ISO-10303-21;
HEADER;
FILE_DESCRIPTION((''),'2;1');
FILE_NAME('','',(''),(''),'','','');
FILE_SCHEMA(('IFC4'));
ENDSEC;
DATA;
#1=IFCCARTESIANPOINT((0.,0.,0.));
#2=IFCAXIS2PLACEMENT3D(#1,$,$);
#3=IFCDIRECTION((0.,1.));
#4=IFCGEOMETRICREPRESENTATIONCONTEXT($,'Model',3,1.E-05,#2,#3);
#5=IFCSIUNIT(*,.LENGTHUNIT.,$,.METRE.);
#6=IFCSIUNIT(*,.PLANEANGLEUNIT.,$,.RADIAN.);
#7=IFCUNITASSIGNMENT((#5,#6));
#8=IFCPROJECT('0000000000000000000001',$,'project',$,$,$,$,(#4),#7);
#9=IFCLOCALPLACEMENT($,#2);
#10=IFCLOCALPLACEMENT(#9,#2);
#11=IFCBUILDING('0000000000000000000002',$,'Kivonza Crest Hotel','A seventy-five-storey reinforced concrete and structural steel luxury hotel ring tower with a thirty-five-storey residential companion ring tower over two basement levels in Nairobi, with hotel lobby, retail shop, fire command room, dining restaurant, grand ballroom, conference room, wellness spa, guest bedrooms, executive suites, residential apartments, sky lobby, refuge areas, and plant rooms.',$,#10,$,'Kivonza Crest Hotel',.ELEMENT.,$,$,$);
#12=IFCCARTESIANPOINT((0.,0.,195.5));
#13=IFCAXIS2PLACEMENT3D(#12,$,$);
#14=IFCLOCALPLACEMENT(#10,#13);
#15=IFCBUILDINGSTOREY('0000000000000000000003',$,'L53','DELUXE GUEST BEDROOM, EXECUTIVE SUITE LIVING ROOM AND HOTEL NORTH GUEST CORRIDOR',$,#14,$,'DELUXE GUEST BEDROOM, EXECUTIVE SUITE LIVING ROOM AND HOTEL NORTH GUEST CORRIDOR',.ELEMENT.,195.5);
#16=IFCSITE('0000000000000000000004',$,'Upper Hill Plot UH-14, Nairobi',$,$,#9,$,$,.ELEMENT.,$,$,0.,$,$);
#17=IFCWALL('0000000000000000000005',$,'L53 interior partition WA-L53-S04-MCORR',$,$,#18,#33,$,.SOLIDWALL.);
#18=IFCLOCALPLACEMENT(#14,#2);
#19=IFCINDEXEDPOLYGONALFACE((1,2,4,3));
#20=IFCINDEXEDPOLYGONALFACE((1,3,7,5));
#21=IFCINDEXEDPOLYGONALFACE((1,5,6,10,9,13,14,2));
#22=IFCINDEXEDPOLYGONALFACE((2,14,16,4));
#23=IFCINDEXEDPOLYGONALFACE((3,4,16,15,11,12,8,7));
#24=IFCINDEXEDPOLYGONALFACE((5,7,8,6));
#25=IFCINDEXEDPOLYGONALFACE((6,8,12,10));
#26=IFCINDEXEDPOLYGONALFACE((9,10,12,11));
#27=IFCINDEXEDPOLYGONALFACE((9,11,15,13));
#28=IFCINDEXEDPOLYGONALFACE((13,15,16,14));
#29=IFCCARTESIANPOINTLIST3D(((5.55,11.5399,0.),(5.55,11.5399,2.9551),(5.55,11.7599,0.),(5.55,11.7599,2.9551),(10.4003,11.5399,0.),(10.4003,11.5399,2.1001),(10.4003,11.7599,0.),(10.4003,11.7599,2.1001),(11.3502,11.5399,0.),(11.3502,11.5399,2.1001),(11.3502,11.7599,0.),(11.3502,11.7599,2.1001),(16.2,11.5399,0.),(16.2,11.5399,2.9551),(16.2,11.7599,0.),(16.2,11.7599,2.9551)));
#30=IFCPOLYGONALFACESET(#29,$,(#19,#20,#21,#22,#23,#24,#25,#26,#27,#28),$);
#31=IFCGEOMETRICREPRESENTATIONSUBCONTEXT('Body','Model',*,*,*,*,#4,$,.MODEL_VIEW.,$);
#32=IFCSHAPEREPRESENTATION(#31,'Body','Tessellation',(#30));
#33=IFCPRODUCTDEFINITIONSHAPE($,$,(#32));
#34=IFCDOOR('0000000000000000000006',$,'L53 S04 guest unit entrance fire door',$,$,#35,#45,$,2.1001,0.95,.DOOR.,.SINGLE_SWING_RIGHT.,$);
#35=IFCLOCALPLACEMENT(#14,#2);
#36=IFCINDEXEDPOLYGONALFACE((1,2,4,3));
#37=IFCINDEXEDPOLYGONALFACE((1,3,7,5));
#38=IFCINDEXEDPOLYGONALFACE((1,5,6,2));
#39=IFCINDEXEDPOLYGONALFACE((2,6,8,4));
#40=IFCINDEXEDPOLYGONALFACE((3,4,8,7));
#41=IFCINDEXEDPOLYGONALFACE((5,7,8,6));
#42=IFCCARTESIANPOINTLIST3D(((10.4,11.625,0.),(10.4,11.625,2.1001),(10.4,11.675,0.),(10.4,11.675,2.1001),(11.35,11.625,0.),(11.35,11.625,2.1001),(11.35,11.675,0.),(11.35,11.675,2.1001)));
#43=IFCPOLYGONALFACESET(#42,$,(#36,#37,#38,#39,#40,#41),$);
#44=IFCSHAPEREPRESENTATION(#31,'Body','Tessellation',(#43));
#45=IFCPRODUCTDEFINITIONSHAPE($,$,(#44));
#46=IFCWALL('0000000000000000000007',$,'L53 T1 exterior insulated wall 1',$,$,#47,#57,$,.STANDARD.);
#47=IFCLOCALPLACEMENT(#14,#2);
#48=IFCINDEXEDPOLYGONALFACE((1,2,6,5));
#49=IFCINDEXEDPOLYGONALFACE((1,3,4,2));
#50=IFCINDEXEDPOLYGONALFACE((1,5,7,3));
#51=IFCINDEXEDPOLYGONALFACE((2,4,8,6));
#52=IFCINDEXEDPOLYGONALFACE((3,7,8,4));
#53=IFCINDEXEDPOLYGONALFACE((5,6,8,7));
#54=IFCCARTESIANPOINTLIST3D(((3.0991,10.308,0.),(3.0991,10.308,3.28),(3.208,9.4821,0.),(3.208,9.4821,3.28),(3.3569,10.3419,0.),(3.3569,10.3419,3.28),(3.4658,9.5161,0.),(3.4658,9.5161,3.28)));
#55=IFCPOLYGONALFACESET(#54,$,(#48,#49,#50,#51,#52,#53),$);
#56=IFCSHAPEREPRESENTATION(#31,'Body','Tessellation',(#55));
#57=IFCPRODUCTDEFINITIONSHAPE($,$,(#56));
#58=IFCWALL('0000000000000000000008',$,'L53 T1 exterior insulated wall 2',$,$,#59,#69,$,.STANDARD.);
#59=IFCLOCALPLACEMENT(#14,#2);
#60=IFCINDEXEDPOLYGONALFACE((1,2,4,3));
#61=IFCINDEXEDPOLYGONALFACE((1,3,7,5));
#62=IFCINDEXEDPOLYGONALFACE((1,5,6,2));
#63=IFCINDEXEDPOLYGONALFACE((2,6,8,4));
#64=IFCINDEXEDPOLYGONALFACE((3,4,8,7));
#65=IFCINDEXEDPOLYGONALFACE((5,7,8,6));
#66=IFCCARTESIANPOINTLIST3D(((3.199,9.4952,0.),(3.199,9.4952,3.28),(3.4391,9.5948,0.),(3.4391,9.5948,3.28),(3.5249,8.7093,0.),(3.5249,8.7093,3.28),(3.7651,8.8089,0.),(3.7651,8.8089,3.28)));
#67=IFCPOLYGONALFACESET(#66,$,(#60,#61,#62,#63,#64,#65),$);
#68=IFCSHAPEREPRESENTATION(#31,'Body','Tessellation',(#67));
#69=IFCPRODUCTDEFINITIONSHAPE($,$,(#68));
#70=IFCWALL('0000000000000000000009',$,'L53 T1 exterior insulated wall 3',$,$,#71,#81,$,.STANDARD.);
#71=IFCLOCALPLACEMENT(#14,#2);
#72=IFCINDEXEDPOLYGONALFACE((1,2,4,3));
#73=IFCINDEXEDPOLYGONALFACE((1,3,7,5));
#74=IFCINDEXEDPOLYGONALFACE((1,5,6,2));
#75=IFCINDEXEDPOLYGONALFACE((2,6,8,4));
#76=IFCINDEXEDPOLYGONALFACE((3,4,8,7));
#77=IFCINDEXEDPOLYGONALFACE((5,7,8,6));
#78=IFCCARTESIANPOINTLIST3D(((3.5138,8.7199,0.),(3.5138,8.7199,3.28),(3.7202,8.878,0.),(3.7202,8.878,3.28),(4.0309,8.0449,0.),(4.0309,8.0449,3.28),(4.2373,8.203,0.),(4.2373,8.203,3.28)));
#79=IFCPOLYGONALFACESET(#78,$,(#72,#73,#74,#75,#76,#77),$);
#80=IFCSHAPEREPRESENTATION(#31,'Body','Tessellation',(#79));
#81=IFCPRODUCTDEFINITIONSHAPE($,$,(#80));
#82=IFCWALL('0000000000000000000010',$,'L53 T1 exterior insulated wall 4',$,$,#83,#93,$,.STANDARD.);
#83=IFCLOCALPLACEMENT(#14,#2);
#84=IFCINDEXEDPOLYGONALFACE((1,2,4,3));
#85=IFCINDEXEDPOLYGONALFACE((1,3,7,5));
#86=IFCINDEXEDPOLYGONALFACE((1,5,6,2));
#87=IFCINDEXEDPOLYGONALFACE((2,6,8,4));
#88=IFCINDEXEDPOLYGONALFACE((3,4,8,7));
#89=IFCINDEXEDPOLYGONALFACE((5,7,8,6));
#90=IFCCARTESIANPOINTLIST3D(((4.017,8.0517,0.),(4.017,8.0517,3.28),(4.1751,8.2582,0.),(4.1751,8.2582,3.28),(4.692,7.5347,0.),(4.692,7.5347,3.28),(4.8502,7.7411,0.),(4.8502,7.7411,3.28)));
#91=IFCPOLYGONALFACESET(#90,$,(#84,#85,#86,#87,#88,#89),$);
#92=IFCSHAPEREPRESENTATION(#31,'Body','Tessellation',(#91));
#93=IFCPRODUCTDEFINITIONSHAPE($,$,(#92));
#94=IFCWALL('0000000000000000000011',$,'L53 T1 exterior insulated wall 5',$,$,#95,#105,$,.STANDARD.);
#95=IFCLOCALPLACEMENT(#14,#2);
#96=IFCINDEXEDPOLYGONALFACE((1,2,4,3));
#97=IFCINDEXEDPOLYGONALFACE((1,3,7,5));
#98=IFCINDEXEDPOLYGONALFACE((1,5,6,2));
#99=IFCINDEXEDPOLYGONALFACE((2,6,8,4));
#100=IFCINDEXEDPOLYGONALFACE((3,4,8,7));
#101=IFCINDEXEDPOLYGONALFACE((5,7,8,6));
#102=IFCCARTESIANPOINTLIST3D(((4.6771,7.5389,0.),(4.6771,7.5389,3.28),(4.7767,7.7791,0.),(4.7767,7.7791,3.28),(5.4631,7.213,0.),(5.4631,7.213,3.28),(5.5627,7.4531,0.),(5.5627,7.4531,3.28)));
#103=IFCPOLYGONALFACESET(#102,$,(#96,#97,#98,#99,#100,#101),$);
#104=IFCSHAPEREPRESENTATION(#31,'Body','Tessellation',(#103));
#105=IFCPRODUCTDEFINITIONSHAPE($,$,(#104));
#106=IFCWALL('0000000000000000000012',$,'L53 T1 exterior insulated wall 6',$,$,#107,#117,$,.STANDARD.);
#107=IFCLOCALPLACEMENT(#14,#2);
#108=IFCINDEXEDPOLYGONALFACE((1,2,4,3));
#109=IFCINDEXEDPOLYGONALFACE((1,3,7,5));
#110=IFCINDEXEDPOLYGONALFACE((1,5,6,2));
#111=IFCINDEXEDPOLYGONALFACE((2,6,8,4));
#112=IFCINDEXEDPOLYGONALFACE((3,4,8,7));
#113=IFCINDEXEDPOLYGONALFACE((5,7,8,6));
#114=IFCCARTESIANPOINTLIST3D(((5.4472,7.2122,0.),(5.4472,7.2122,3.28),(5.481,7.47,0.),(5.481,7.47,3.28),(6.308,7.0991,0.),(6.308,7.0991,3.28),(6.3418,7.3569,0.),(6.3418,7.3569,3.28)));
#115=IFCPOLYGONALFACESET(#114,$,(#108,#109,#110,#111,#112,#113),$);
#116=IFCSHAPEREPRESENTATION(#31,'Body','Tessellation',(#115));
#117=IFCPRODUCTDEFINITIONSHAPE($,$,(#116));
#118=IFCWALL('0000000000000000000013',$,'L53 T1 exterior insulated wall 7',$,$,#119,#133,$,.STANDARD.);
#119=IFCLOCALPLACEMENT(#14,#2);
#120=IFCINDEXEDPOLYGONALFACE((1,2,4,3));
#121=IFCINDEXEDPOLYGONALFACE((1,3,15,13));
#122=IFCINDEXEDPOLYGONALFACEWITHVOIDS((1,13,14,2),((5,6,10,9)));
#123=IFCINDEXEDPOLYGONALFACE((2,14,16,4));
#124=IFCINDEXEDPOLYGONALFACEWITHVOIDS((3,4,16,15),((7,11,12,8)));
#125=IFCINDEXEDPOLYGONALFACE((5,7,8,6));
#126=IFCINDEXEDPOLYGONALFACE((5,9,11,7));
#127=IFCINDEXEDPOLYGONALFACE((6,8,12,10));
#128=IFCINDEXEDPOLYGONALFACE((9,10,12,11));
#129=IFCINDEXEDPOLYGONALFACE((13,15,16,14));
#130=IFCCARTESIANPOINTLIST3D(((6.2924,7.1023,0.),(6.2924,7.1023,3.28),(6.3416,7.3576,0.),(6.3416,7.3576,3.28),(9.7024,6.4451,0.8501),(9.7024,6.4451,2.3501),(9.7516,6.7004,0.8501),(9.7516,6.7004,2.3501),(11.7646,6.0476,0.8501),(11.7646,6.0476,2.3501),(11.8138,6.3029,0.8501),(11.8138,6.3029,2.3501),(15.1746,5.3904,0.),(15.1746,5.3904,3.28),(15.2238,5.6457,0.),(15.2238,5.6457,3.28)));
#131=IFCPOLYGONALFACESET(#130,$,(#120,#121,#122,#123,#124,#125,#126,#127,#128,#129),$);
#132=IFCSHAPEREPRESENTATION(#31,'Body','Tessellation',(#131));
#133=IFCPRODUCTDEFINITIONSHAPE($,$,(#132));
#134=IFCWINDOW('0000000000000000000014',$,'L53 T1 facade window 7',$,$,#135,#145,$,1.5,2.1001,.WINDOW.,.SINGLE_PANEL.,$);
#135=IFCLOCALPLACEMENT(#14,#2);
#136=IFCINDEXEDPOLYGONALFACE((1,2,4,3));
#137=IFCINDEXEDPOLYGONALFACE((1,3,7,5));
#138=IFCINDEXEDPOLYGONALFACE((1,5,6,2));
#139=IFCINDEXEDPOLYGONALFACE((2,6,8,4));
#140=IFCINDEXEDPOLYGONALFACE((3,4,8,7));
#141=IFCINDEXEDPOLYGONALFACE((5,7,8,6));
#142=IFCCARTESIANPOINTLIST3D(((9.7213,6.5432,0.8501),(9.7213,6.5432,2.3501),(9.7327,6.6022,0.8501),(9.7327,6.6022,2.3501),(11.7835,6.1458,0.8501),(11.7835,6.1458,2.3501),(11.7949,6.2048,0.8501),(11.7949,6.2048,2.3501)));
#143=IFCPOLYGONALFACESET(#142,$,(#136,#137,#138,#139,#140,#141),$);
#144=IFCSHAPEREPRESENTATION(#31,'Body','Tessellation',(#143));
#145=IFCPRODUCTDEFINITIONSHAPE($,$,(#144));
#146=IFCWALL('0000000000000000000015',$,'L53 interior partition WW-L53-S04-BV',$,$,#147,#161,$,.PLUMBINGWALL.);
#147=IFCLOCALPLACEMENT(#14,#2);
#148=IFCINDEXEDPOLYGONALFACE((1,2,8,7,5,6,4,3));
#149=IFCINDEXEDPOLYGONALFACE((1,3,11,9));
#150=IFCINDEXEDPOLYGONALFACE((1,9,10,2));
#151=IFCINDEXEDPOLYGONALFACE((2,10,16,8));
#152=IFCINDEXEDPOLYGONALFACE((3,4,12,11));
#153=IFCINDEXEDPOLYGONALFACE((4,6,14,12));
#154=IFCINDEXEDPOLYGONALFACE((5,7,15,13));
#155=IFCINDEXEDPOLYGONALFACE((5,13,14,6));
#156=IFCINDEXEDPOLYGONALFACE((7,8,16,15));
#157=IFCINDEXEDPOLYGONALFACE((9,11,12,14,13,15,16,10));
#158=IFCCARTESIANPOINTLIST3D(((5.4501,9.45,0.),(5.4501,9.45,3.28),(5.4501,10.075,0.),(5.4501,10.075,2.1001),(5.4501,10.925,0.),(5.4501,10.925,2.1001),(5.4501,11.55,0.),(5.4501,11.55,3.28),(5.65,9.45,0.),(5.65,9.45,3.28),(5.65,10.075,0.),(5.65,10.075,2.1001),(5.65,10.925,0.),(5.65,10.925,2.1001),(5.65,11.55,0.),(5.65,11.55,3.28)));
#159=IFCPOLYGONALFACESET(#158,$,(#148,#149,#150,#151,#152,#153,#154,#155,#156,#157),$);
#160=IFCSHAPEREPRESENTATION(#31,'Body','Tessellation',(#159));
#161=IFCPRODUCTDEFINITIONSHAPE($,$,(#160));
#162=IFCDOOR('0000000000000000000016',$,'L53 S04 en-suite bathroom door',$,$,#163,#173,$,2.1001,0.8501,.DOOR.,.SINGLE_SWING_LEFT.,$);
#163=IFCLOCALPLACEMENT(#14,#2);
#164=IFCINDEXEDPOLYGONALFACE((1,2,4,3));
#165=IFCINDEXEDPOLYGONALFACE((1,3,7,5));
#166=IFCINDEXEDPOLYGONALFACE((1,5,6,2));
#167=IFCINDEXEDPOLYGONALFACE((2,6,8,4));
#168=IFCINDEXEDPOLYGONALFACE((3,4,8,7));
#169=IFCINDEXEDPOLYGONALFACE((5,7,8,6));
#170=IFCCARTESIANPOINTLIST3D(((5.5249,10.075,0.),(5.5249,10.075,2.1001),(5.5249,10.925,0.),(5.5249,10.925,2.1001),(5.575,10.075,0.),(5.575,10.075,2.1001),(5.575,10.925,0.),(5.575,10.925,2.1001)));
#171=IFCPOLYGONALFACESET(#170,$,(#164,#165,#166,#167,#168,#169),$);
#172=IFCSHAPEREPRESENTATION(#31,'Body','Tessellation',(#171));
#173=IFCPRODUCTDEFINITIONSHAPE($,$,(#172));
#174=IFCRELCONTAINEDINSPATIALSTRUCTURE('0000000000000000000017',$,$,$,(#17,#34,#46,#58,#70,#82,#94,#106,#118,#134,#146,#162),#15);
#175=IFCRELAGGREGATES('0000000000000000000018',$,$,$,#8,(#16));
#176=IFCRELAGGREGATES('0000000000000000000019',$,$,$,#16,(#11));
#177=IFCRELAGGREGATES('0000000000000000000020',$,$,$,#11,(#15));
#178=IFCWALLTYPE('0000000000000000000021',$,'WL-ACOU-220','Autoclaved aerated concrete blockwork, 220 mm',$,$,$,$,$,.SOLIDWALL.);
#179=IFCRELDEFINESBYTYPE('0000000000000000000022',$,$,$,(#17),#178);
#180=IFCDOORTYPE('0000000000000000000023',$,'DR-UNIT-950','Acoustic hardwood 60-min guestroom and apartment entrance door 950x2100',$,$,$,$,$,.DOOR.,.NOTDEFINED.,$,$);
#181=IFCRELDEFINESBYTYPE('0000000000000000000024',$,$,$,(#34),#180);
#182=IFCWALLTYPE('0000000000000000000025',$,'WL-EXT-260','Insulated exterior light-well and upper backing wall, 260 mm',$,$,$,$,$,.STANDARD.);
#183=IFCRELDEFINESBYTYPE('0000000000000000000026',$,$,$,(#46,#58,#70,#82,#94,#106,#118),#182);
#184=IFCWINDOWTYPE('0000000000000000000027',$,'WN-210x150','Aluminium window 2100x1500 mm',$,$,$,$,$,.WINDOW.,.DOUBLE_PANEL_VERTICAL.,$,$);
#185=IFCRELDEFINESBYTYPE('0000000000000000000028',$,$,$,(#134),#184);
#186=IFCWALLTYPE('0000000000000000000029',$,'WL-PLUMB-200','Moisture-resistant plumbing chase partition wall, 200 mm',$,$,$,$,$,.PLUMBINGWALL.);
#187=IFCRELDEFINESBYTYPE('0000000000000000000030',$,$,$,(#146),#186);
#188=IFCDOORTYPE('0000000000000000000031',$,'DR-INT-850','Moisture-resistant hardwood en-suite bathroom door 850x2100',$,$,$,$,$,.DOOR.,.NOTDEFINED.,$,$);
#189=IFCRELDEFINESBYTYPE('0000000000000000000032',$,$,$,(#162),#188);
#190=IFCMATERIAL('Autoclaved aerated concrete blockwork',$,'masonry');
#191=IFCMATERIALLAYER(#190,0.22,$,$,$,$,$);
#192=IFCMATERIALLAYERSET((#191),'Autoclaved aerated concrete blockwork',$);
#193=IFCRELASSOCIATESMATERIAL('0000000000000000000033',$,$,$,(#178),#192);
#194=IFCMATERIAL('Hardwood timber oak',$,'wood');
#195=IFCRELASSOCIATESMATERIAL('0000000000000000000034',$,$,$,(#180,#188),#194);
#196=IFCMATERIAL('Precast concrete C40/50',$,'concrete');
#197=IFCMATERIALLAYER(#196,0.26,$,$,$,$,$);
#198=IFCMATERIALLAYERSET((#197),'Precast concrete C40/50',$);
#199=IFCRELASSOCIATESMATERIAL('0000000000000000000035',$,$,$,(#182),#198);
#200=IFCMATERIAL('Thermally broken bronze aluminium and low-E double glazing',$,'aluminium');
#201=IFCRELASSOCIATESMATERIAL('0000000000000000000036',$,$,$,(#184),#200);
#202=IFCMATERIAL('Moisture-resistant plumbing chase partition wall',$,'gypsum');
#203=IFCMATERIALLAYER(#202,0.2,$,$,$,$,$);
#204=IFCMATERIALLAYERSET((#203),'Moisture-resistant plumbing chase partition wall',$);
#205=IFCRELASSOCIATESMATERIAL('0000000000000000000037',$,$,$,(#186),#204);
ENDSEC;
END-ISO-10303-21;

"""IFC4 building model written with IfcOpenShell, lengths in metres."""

from ifc_helpers import new_model, si_unit, direction, frame, frame_2d, origin, place, context, subcontext, project, spatial, rectangle, extrude, material, layer, layer_set, type_object, element, fill, save


model = new_model("IFC4")

# Units and contexts
model_context = context("Model", 3, precision=1e-05, world=origin(), true_north=direction((0.0, 1.0)))
body_context = subcontext(model_context, "Body", "Model", "MODEL_VIEW")
ifc_project = project(units=[si_unit("LENGTHUNIT", "METRE"), si_unit("PLANEANGLEUNIT", "RADIAN")], contexts=[model_context])

# Site, building, storey
site_placement = place(None, origin())
site = spatial("IfcSite", under=ifc_project, at=site_placement, Name="Upper Hill Plot UH-14, Nairobi", CompositionType="ELEMENT", RefElevation=0.0)
building_placement = place(site_placement, origin())
building = spatial("IfcBuilding", under=site, at=building_placement, Name="Kivonza Crest Hotel", Description="A seventy-five-storey reinforced concrete and structural steel luxury hotel ring tower with a thirty-five-storey residential companion ring tower over two basement levels in Nairobi, with hotel lobby, retail shop, fire command room, dining restaurant, grand ballroom, conference room, wellness spa, guest bedrooms, executive suites, residential apartments, sky lobby, refuge areas, and plant rooms.", LongName="Kivonza Crest Hotel", CompositionType="ELEMENT")
storey_placement = place(building_placement, frame((0.0, 0.0, 195.5)))
storey = spatial("IfcBuildingStorey", under=building, at=storey_placement, Name="L53", Description="DELUXE GUEST BEDROOM, EXECUTIVE SUITE LIVING ROOM AND HOTEL NORTH GUEST CORRIDOR", LongName="DELUXE GUEST BEDROOM, EXECUTIVE SUITE LIVING ROOM AND HOTEL NORTH GUEST CORRIDOR", CompositionType="ELEMENT", Elevation=195.5)

# Shared definitions
ifc_material_1 = material(Name="Autoclaved aerated concrete blockwork", Category="masonry")
ifc_layer_1 = layer(ifc_material_1, 0.22)
ifc_layer_set_1 = layer_set([ifc_layer_1], Name="Autoclaved aerated concrete blockwork")
wall_type_1 = type_object("IfcWallType", Name="WL-ACOU-220", Description="Autoclaved aerated concrete blockwork, 220 mm", PredefinedType="SOLIDWALL", material=ifc_layer_set_1)

# Wall, opening, door
wall_1_placement = place(storey_placement, frame((5.55, 11.6499, 0.0), z_axis=(0.0, 0.0, 1.0), x_axis=(1.0, 0.0, 0.0)))
wall_1 = element("IfcWall", 1, at=wall_1_placement, inside=storey, type_object=wall_type_1, Name="L53 interior partition WA-L53-S04-MCORR", PredefinedType="SOLIDWALL", context=body_context, shape_type="SweptSolid", body=[
    extrude(rectangle(XDim=10.6499, YDim=0.22, at=frame_2d((5.325, 0.0))), origin(), (0.0, 0.0, 1.0), 2.9551),
])
opening_1_placement = place(wall_1_placement, frame((4.8501, 0.0, 0.0)))
opening_1 = element("IfcOpeningElement", 2, at=opening_1_placement, cuts=wall_1, PredefinedType="OPENING", context=body_context, shape_type="SweptSolid", body=[
    extrude(rectangle(XDim=0.95, YDim=2.1001, at=frame_2d((0.4751, 1.05))), frame((0.0, 0.1201, 0.0), z_axis=(0.0, -1.0, 0.0), x_axis=(1.0, 0.0, 0.0)), (0.0, 0.0, 1.0), 0.24),
])
ifc_material_2 = material(Name="Hardwood timber oak", Category="wood")
door_type_1 = type_object("IfcDoorType", Name="DR-UNIT-950", Description="Acoustic hardwood 60-min guestroom and apartment entrance door 950x2100", OperationType="NOTDEFINED", PredefinedType="DOOR", material=ifc_material_2)
door_1_placement = place(opening_1_placement, frame((0.95, 0.0, 0.0), z_axis=(0.0, 0.0, 1.0), x_axis=(-1.0, 0.0, 0.0)))
door_1 = element("IfcDoor", 3, at=door_1_placement, inside=storey, type_object=door_type_1, Name="L53 S04 guest unit entrance fire door", OperationType="SINGLE_SWING_RIGHT", OverallHeight=2.1001, OverallWidth=0.95, PredefinedType="DOOR", context=body_context, shape_type="SweptSolid", body=[
    extrude(rectangle(XDim=0.95, YDim=2.1001, at=frame_2d((0.4751, 1.05))), frame((0.0, 0.0249, 0.0), z_axis=(0.0, -1.0, 0.0), x_axis=(1.0, 0.0, 0.0)), (0.0, 0.0, 1.0), 0.05),
])
fill(opening_1, door_1)

# Walls
ifc_material_3 = material(Name="Precast concrete C40/50", Category="concrete")
ifc_layer_2 = layer(ifc_material_3, 0.26)
ifc_layer_set_2 = layer_set([ifc_layer_2], Name="Precast concrete C40/50")
wall_type_2 = type_object("IfcWallType", Name="WL-EXT-260", Description="Insulated exterior light-well and upper backing wall, 260 mm", PredefinedType="STANDARD", material=ifc_layer_set_2)
wall_2_placement = place(storey_placement, frame((3.228, 10.325, 0.0), z_axis=(0.0, 0.0, 1.0), x_axis=(0.130705, -0.991421, 0.0)))
element("IfcWall", 4, at=wall_2_placement, inside=storey, type_object=wall_type_2, Name="L53 T1 exterior insulated wall 1", PredefinedType="STANDARD", context=body_context, shape_type="SweptSolid", body=[
    extrude(rectangle(XDim=0.833, YDim=0.26, at=frame_2d((0.4165, 0.0))), origin(), (0.0, 0.0, 1.0), 3.28),
])
wall_3_placement = place(storey_placement, frame((3.3191, 9.5449, 0.0), z_axis=(0.0, 0.0, 1.0), x_axis=(0.383087, -0.923712, 0.0)))
element("IfcWall", 5, at=wall_3_placement, inside=storey, type_object=wall_type_2, Name="L53 T1 exterior insulated wall 2", PredefinedType="STANDARD", context=body_context, shape_type="SweptSolid", body=[
    extrude(rectangle(XDim=0.8508, YDim=0.26, at=frame_2d((0.4253, 0.0))), origin(), (0.0, 0.0, 1.0), 3.28),
])
for number, where, z_axis, x_axis, name in (
    (6, (3.6169, 8.7991, 0.0), (0.0, 0.0, 1.0), (0.6081, -0.79386, 0.0), "L53 T1 exterior insulated wall 3"),
    (7, (4.0959, 8.155, 0.0), (0.0, 0.0, 1.0), (0.79386, -0.6081, 0.0), "L53 T1 exterior insulated wall 4"),
):
    element("IfcWall", number, at=place(storey_placement, frame(where, z_axis=z_axis, x_axis=x_axis)), inside=storey, type_object=wall_type_2, Name=name, PredefinedType="STANDARD", context=body_context, shape_type="SweptSolid", body=[
        extrude(rectangle(XDim=0.8503, YDim=0.26, at=frame_2d((0.4253, 0.0))), origin(), (0.0, 0.0, 1.0), 3.28),
    ])
wall_4_placement = place(storey_placement, frame((4.7271, 7.6589, 0.0), z_axis=(0.0, 0.0, 1.0), x_axis=(0.923712, -0.383087, 0.0)))
element("IfcWall", 8, at=wall_4_placement, inside=storey, type_object=wall_type_2, Name="L53 T1 exterior insulated wall 5", PredefinedType="STANDARD", context=body_context, shape_type="SweptSolid", body=[
    extrude(rectangle(XDim=0.8508, YDim=0.26, at=frame_2d((0.4253, 0.0))), origin(), (0.0, 0.0, 1.0), 3.28),
])
wall_5_placement = place(storey_placement, frame((5.4641, 7.3411, 0.0), z_axis=(0.0, 0.0, 1.0), x_axis=(0.991489, -0.130193, 0.0)))
element("IfcWall", 9, at=wall_5_placement, inside=storey, type_object=wall_type_2, Name="L53 T1 exterior insulated wall 6", PredefinedType="STANDARD", context=body_context, shape_type="SweptSolid", body=[
    extrude(rectangle(XDim=0.8682, YDim=0.26, at=frame_2d((0.4341, 0.0))), origin(), (0.0, 0.0, 1.0), 3.28),
])

# Wall, opening, window
wall_6_placement = place(storey_placement, frame((6.3169, 7.23, 0.0), z_axis=(0.0, 0.0, 1.0), x_axis=(0.981928, -0.189255, 0.0)))
wall_6 = element("IfcWall", 10, at=wall_6_placement, inside=storey, type_object=wall_type_2, Name="L53 T1 exterior insulated wall 7", PredefinedType="STANDARD", context=body_context, shape_type="SweptSolid", body=[
    extrude(rectangle(XDim=9.0457, YDim=0.26, at=frame_2d((4.5229, 0.0))), origin(), (0.0, 0.0, 1.0), 3.28),
])
opening_2_placement = place(wall_6_placement, frame((3.4729, 0.0, 0.8501)))
opening_2 = element("IfcOpeningElement", 11, at=opening_2_placement, cuts=wall_6, PredefinedType="OPENING", context=body_context, shape_type="SweptSolid", body=[
    extrude(rectangle(XDim=2.1001, YDim=1.5, at=frame_2d((1.05, 0.75))), frame((0.0, 0.1401, 0.0), z_axis=(0.0, -1.0, 0.0), x_axis=(1.0, 0.0, 0.0)), (0.0, 0.0, 1.0), 0.28),
])
ifc_material_4 = material(Name="Thermally broken bronze aluminium and low-E double glazing", Category="aluminium")
window_type = type_object("IfcWindowType", Name="WN-210x150", Description="Aluminium window 2100x1500 mm", PartitioningType="DOUBLE_PANEL_VERTICAL", PredefinedType="WINDOW", material=ifc_material_4)
window_placement = place(opening_2_placement, origin())
window = element("IfcWindow", 12, at=window_placement, inside=storey, type_object=window_type, Name="L53 T1 facade window 7", OverallHeight=1.5, OverallWidth=2.1001, PartitioningType="SINGLE_PANEL", PredefinedType="WINDOW", context=body_context, shape_type="SweptSolid", body=[
    extrude(rectangle(XDim=2.1001, YDim=1.5, at=frame_2d((1.05, 0.75))), frame((0.0, 0.03, 0.0), z_axis=(0.0, -1.0, 0.0), x_axis=(1.0, 0.0, 0.0)), (0.0, 0.0, 1.0), 0.0601),
])
fill(opening_2, window)

# Wall, opening, door
ifc_material_5 = material(Name="Moisture-resistant plumbing chase partition wall", Category="gypsum")
ifc_layer_3 = layer(ifc_material_5, 0.2)
ifc_layer_set_3 = layer_set([ifc_layer_3], Name="Moisture-resistant plumbing chase partition wall")
wall_type_3 = type_object("IfcWallType", Name="WL-PLUMB-200", Description="Moisture-resistant plumbing chase partition wall, 200 mm", PredefinedType="PLUMBINGWALL", material=ifc_layer_set_3)
wall_7_placement = place(storey_placement, frame((5.55, 9.45, 0.0), z_axis=(0.0, 0.0, 1.0), x_axis=(0.0, 1.0, 0.0)))
wall_7 = element("IfcWall", 13, at=wall_7_placement, inside=storey, type_object=wall_type_3, Name="L53 interior partition WW-L53-S04-BV", PredefinedType="PLUMBINGWALL", context=body_context, shape_type="SweptSolid", body=[
    extrude(rectangle(XDim=2.1001, YDim=0.2, at=frame_2d((1.05, 0.0))), origin(), (0.0, 0.0, 1.0), 3.28),
])
opening_3_placement = place(wall_7_placement, frame((0.625, 0.0, 0.0)))
opening_3 = element("IfcOpeningElement", 14, at=opening_3_placement, cuts=wall_7, PredefinedType="OPENING", context=body_context, shape_type="SweptSolid", body=[
    extrude(rectangle(XDim=0.8501, YDim=2.1001, at=frame_2d((0.425, 1.05))), frame((0.0, 0.1099, 0.0), z_axis=(0.0, -1.0, 0.0), x_axis=(1.0, 0.0, 0.0)), (0.0, 0.0, 1.0), 0.22),
])
door_type_2 = type_object("IfcDoorType", Name="DR-INT-850", Description="Moisture-resistant hardwood en-suite bathroom door 850x2100", OperationType="NOTDEFINED", PredefinedType="DOOR", material=ifc_material_2)
door_2_placement = place(opening_3_placement, frame((0.8501, 0.0, 0.0), z_axis=(0.0, 0.0, 1.0), x_axis=(-1.0, 0.0, 0.0)))
door_2 = element("IfcDoor", 15, at=door_2_placement, inside=storey, type_object=door_type_2, Name="L53 S04 en-suite bathroom door", OperationType="SINGLE_SWING_LEFT", OverallHeight=2.1001, OverallWidth=0.8501, PredefinedType="DOOR", context=body_context, shape_type="SweptSolid", body=[
    extrude(rectangle(XDim=0.8501, YDim=2.1001, at=frame_2d((0.425, 1.05))), frame((0.0, 0.0249, 0.0), z_axis=(0.0, -1.0, 0.0), x_axis=(1.0, 0.0, 0.0)), (0.0, 0.0, 1.0), 0.05),
])
fill(opening_3, door_2)

save(model, "model.ifc")
